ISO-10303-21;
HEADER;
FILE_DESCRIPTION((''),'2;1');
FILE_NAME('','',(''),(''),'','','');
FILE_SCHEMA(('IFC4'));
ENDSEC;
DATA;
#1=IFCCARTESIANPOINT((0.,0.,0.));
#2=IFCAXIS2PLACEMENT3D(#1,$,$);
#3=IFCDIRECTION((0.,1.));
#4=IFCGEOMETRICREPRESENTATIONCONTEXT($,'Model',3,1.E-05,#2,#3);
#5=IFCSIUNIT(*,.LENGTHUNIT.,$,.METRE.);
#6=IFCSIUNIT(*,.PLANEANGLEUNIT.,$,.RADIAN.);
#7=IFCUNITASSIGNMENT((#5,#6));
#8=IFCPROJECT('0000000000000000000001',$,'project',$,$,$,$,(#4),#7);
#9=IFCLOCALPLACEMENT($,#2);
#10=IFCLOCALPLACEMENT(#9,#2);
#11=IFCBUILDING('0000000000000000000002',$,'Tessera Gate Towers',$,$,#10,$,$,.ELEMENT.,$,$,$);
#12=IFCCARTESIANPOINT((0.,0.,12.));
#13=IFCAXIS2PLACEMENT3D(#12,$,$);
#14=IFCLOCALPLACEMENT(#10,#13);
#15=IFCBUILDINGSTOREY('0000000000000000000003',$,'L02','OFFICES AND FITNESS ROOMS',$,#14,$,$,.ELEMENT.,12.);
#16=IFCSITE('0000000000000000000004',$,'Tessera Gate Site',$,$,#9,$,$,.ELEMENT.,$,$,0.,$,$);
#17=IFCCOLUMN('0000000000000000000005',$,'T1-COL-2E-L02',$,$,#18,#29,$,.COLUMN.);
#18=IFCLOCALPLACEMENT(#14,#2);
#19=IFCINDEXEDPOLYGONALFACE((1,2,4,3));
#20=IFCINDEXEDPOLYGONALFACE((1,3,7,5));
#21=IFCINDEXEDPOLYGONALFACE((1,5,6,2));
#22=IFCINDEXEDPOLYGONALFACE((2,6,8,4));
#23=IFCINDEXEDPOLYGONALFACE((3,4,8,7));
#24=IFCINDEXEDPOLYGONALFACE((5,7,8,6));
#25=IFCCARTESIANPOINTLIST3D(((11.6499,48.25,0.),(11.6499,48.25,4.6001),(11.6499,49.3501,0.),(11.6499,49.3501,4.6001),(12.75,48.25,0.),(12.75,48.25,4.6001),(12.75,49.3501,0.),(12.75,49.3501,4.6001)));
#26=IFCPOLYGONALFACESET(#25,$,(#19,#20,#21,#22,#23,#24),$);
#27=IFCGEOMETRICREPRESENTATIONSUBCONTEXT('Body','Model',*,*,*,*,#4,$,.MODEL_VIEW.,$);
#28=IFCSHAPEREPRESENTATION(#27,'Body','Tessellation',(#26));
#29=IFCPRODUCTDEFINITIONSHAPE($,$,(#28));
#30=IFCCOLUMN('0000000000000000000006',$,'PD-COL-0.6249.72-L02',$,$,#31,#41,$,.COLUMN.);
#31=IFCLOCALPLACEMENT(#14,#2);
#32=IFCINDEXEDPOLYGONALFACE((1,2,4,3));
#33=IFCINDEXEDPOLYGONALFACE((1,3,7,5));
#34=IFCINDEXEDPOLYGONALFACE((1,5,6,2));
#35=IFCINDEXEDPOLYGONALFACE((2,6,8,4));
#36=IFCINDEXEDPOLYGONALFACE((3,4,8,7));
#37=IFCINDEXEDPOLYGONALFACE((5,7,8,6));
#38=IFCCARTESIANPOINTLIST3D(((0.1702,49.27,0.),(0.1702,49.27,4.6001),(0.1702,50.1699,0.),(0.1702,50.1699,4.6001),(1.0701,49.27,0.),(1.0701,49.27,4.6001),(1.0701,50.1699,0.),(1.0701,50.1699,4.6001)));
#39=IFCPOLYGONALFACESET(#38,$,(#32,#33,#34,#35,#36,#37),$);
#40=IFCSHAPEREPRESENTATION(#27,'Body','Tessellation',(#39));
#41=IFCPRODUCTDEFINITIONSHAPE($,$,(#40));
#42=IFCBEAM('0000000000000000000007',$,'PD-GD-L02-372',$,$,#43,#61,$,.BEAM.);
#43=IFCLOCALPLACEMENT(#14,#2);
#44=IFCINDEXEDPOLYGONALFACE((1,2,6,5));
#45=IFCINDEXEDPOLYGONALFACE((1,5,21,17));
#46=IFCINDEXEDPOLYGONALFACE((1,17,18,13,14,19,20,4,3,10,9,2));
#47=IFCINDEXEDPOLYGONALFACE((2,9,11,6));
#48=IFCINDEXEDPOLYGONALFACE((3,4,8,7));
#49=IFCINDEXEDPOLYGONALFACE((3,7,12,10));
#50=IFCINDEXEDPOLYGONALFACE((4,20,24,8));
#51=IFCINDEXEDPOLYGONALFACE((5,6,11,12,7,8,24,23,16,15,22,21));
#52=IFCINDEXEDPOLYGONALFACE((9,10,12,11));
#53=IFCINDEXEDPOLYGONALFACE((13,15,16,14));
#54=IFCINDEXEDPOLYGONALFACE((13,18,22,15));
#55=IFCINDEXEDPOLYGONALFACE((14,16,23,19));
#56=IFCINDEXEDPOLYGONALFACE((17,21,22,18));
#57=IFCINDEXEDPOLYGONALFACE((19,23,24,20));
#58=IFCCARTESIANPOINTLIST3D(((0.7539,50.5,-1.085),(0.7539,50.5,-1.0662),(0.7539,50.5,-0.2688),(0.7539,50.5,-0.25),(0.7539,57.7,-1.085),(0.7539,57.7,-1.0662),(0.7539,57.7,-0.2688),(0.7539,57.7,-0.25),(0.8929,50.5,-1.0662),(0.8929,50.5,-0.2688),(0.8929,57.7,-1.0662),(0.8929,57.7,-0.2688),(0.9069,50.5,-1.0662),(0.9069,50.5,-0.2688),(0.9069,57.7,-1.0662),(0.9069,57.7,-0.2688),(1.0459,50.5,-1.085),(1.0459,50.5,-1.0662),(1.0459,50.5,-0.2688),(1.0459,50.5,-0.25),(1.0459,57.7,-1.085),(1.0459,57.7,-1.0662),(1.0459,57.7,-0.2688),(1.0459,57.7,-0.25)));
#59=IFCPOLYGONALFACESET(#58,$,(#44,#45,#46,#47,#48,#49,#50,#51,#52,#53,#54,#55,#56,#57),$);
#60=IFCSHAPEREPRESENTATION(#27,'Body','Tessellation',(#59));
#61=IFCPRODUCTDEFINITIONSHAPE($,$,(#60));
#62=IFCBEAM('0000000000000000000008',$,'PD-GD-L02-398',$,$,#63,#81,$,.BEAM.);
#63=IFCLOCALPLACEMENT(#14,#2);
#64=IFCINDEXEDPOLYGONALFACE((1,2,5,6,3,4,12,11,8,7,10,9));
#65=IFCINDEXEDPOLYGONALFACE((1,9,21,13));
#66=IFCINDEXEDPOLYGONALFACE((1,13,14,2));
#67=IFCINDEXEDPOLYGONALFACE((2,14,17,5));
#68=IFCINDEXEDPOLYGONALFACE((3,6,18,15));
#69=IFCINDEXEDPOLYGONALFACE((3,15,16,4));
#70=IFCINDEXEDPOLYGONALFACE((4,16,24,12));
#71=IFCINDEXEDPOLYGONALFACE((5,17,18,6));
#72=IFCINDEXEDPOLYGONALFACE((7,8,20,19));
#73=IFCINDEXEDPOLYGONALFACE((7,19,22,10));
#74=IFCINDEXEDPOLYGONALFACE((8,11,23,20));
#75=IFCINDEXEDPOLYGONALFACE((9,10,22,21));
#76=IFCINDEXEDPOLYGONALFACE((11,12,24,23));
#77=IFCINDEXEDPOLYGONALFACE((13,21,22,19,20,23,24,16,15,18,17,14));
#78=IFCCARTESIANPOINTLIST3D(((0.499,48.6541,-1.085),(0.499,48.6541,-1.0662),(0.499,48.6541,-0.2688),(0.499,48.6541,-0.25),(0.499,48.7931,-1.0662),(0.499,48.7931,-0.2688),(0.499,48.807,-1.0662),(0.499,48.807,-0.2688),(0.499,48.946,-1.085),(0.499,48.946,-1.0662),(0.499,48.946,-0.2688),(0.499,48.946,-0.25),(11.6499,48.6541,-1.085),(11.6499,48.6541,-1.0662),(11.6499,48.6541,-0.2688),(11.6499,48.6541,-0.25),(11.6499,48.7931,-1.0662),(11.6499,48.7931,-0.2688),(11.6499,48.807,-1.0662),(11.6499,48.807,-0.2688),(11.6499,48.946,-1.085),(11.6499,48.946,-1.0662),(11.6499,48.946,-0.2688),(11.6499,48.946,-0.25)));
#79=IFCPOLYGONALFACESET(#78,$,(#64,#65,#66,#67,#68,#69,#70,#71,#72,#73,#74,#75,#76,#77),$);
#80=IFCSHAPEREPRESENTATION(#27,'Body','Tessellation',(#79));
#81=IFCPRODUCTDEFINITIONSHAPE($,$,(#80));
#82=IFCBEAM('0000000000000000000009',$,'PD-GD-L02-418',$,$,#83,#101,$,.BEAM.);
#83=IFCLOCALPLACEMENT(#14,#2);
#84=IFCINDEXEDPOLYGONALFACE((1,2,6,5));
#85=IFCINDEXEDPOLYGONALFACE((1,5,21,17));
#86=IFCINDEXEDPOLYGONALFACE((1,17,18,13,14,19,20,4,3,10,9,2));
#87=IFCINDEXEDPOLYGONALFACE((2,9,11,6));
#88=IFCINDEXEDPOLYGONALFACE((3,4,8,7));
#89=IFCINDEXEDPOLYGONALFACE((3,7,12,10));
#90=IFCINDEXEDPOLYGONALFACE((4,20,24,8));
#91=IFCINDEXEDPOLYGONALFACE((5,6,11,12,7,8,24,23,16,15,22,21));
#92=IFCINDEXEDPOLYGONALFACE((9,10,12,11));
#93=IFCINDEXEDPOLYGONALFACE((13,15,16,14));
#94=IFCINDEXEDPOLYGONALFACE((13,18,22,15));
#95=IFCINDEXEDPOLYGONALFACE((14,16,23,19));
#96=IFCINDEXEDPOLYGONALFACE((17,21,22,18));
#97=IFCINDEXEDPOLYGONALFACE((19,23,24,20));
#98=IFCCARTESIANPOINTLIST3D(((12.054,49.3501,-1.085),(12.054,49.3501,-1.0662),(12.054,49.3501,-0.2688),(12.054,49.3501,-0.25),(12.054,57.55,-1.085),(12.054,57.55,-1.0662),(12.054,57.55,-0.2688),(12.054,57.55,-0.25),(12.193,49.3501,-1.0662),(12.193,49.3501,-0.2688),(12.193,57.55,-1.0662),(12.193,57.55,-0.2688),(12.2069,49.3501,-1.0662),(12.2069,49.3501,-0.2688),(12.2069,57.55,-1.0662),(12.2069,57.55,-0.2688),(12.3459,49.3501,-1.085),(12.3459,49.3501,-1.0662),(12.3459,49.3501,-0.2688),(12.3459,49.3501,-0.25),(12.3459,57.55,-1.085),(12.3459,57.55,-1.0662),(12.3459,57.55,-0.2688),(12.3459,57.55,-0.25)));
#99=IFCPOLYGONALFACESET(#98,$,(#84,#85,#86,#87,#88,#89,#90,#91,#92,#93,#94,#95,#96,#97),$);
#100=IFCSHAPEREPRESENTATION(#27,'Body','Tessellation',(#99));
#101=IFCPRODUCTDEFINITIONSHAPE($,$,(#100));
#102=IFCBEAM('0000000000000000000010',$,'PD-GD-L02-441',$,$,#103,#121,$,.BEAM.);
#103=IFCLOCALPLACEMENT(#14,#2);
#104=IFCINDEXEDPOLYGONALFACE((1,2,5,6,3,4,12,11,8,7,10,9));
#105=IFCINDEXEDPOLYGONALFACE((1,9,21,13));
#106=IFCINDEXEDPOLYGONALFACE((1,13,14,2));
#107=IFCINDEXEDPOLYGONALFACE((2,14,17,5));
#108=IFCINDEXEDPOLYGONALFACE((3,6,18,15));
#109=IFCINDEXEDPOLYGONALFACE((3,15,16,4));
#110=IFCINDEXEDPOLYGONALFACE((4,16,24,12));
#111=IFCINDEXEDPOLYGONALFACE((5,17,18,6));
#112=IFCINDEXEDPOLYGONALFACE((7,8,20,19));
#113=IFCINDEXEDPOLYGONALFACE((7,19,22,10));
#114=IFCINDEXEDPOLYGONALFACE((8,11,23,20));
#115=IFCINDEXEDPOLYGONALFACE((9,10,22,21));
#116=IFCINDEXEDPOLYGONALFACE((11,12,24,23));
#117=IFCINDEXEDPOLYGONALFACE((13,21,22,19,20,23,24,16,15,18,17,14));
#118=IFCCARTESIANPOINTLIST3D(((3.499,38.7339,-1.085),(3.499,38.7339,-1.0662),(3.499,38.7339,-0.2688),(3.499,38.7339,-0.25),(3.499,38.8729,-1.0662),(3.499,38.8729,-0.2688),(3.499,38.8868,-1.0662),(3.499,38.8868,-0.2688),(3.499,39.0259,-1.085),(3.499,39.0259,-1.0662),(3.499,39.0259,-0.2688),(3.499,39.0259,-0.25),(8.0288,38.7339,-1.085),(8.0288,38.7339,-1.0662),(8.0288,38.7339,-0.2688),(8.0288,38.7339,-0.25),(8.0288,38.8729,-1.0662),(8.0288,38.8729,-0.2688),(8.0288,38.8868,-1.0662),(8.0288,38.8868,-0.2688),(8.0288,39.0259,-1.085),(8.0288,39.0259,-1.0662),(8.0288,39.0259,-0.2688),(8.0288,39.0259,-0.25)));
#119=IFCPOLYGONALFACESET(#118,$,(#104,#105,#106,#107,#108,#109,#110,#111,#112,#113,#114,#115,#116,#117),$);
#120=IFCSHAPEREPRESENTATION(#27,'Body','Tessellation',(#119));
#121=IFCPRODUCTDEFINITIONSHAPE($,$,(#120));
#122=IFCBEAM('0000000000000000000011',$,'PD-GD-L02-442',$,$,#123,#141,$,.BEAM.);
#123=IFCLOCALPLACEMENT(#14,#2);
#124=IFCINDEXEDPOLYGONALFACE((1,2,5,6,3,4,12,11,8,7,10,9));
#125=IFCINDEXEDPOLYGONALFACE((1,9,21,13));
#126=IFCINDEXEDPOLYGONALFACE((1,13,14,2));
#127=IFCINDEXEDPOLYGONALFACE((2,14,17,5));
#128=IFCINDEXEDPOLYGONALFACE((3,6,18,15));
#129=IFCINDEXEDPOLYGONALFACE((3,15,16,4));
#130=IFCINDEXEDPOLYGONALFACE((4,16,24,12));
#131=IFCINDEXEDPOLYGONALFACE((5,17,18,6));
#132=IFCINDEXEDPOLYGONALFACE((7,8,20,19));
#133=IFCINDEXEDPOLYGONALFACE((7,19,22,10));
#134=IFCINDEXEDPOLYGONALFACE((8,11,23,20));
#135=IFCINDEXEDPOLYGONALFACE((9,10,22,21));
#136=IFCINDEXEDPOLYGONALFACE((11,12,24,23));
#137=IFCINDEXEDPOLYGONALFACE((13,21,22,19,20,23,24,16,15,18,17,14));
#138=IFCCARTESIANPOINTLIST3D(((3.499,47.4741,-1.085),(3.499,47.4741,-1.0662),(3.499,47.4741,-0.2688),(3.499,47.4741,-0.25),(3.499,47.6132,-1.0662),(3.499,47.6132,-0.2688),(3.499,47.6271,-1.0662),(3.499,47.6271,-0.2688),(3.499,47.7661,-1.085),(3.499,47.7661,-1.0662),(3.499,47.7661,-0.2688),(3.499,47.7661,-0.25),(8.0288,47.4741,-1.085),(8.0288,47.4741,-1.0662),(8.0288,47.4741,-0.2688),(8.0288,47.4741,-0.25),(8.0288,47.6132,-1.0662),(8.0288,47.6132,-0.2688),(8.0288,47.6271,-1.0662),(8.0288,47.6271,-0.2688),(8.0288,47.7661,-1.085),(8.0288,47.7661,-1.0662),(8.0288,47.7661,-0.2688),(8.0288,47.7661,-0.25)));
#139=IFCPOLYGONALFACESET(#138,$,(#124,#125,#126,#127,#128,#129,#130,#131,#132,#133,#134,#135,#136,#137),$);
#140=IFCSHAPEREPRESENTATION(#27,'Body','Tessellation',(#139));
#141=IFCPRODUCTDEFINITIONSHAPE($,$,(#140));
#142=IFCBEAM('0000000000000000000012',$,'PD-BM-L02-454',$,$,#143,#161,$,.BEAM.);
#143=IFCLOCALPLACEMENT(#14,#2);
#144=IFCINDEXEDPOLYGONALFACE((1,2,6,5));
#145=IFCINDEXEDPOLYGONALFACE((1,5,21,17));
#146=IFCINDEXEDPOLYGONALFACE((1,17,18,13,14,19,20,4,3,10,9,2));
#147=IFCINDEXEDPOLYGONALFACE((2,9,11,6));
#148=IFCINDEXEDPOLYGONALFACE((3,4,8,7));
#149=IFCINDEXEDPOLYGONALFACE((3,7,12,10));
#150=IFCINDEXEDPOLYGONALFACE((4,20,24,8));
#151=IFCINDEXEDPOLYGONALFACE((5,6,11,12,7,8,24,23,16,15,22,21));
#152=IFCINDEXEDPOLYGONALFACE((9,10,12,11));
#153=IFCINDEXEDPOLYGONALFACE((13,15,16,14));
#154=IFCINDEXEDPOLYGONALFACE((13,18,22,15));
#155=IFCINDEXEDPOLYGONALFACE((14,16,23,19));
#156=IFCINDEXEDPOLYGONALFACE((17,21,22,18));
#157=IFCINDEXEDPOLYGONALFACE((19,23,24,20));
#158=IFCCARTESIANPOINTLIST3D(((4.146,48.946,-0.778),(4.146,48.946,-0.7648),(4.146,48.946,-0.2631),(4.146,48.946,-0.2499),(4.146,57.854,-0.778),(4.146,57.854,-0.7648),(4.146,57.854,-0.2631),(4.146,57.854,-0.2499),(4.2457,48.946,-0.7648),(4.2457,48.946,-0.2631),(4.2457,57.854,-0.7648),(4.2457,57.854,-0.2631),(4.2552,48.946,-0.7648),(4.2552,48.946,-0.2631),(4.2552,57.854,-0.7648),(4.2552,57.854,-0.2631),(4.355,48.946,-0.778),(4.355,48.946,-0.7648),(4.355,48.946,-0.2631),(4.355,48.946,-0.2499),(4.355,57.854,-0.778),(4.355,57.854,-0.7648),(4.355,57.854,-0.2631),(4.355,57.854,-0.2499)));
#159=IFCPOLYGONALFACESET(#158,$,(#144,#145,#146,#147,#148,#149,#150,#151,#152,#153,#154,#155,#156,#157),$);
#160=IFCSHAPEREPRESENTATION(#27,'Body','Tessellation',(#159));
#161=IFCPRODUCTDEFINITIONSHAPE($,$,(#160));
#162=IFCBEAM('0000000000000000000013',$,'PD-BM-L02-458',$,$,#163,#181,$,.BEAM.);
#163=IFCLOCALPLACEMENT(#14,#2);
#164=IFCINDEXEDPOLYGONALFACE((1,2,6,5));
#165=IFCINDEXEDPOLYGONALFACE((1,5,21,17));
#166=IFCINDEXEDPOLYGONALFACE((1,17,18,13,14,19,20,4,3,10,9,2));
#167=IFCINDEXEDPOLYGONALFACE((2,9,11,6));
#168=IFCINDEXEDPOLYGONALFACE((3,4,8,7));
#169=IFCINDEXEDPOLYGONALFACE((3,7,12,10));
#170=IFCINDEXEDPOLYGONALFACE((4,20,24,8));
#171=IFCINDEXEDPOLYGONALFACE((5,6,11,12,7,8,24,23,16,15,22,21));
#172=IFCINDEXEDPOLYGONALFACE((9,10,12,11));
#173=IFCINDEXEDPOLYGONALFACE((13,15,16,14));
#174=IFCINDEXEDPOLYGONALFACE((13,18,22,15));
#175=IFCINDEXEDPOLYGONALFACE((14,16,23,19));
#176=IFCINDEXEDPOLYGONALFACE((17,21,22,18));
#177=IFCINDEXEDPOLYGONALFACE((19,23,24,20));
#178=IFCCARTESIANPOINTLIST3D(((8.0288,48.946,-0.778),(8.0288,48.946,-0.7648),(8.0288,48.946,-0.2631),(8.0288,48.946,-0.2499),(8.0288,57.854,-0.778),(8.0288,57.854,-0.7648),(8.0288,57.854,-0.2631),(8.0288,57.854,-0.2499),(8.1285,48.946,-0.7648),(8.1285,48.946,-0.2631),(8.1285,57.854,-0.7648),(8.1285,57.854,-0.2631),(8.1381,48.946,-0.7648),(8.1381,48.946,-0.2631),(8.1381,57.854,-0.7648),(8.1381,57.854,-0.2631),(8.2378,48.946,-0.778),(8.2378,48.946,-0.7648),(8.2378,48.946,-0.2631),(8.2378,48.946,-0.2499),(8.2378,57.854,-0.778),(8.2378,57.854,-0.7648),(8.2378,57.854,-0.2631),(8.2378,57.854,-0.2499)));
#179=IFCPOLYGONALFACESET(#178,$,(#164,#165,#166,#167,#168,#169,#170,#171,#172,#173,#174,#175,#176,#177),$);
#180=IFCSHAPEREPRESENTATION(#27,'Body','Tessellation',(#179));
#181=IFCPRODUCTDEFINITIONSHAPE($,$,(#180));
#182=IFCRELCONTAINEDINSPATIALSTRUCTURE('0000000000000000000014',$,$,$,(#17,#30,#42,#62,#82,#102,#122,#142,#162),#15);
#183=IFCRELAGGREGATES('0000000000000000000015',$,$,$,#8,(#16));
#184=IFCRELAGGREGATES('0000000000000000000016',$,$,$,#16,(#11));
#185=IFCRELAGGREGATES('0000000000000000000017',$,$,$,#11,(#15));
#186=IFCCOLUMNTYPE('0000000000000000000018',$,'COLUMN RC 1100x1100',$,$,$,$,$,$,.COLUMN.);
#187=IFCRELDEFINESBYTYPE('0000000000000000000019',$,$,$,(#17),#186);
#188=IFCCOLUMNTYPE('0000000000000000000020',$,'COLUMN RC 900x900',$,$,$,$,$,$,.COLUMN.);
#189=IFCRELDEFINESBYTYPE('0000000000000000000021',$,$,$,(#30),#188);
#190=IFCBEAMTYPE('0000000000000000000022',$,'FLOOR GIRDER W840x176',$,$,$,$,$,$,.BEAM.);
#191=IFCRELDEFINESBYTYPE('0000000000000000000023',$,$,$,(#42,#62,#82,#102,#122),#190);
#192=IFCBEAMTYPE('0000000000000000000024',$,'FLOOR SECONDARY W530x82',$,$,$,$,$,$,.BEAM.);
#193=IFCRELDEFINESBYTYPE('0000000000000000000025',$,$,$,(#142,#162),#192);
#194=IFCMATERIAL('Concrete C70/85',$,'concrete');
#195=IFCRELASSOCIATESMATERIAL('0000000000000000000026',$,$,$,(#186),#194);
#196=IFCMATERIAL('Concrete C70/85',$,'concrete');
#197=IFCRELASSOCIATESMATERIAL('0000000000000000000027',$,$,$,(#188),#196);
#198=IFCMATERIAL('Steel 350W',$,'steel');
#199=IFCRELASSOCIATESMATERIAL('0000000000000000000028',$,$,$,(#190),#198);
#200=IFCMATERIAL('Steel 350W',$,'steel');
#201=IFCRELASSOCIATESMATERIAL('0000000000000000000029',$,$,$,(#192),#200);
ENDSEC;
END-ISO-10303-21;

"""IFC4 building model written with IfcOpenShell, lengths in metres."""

from ifc_helpers import new_model, si_unit, direction, frame, origin, origin_2d, place, context, subcontext, project, spatial, rectangle, i_section, extrude, material, material_profile, profile_set, type_object, element, save


model = new_model("IFC4")

# Units and contexts
model_context = context("Model", 3, precision=1e-05, world=origin(), true_north=direction((0.0, 1.0)))
body_context = subcontext(model_context, "Body", "Model", "MODEL_VIEW")
ifc_project = project(units=[si_unit("LENGTHUNIT", "METRE"), si_unit("PLANEANGLEUNIT", "RADIAN")], contexts=[model_context])

# Site, building, storey
site_placement = place(None, origin())
site = spatial("IfcSite", under=ifc_project, at=site_placement, Name="Tessera Gate Site", CompositionType="ELEMENT", RefElevation=0.0)
building_placement = place(site_placement, origin())
building = spatial("IfcBuilding", under=site, at=building_placement, Name="Tessera Gate Towers", CompositionType="ELEMENT")
storey_placement = place(building_placement, frame((0.0, 0.0, 12.0)))
storey = spatial("IfcBuildingStorey", under=building, at=storey_placement, Name="L02", Description="OFFICES AND FITNESS ROOMS", CompositionType="ELEMENT", Elevation=12.0)

# Columns
ifc_material_1 = material(Name="Concrete C70/85", Category="concrete")
ifc_material_profile_1 = material_profile(ifc_material_1, rectangle(XDim=1.1001, YDim=1.1001, at=origin_2d()), Name="RC 1100x1100")
ifc_profile_set_1 = profile_set([ifc_material_profile_1], Name="Concrete C70/85")
column_type_1 = type_object("IfcColumnType", Name="COLUMN RC 1100x1100", PredefinedType="COLUMN", material=ifc_profile_set_1)
column_1_placement = place(storey_placement, frame((12.2, 48.8, 0.0), z_axis=(0.0, 0.0, 1.0), x_axis=(1.0, 0.0, 0.0)))
element("IfcColumn", 1, at=column_1_placement, inside=storey, type_object=column_type_1, Name="T1-COL-2E-L02", PredefinedType="COLUMN", context=body_context, shape_type="SweptSolid", body=[
    extrude(rectangle(XDim=1.1001, YDim=1.1001, at=origin_2d()), origin(), (0.0, 0.0, 1.0), 4.6001),
])
ifc_material_2 = material(Name="Concrete C70/85", Category="concrete")
ifc_material_profile_2 = material_profile(ifc_material_2, rectangle(XDim=0.8999, YDim=0.8999, at=origin_2d()), Name="RC 900x900")
ifc_profile_set_2 = profile_set([ifc_material_profile_2], Name="Concrete C70/85")
column_type_2 = type_object("IfcColumnType", Name="COLUMN RC 900x900", PredefinedType="COLUMN", material=ifc_profile_set_2)
column_2_placement = place(storey_placement, frame((0.6201, 49.72, 0.0), z_axis=(0.0, 0.0, 1.0), x_axis=(1.0, 0.0, 0.0)))
element("IfcColumn", 2, at=column_2_placement, inside=storey, type_object=column_type_2, Name="PD-COL-0.6249.72-L02", PredefinedType="COLUMN", context=body_context, shape_type="SweptSolid", body=[
    extrude(rectangle(XDim=0.8999, YDim=0.8999, at=origin_2d()), origin(), (0.0, 0.0, 1.0), 4.6001),
])

# Beams
ifc_material_3 = material(Name="Steel 350W", Category="steel")
ifc_material_profile_3 = material_profile(ifc_material_3, i_section(OverallWidth=0.292, OverallDepth=0.835, WebThickness=0.0139, FlangeThickness=0.0188, at=origin_2d()), Name="W840x176")
ifc_profile_set_3 = profile_set([ifc_material_profile_3], Name="Steel 350W")
beam_type_1 = type_object("IfcBeamType", Name="FLOOR GIRDER W840x176", PredefinedType="BEAM", material=ifc_profile_set_3)
beam_1_placement = place(storey_placement, frame((0.8999, 50.5, -0.6675), z_axis=(0.0, 1.0, 0.0), x_axis=(-1.0, 0.0, 0.0)))
element("IfcBeam", 3, at=beam_1_placement, inside=storey, type_object=beam_type_1, Name="PD-GD-L02-372", PredefinedType="BEAM", context=body_context, shape_type="SweptSolid", body=[
    extrude(i_section(OverallWidth=0.292, OverallDepth=0.835, WebThickness=0.0139, FlangeThickness=0.0188, at=origin_2d()), origin(), (0.0, 0.0, 1.0), 7.2),
])
beam_2_placement = place(storey_placement, frame((0.499, 48.8, -0.6675), z_axis=(1.0, 0.0, 0.0), x_axis=(0.0, 1.0, 0.0)))
element("IfcBeam", 4, at=beam_2_placement, inside=storey, type_object=beam_type_1, Name="PD-GD-L02-398", PredefinedType="BEAM", context=body_context, shape_type="SweptSolid", body=[
    extrude(i_section(OverallWidth=0.292, OverallDepth=0.835, WebThickness=0.0139, FlangeThickness=0.0188, at=origin_2d()), origin(), (0.0, 0.0, 1.0), 11.1509),
])
beam_3_placement = place(storey_placement, frame((12.2, 49.3501, -0.6675), z_axis=(0.0, 1.0, 0.0), x_axis=(-1.0, 0.0, 0.0)))
element("IfcBeam", 5, at=beam_3_placement, inside=storey, type_object=beam_type_1, Name="PD-GD-L02-418", PredefinedType="BEAM", context=body_context, shape_type="SweptSolid", body=[
    extrude(i_section(OverallWidth=0.292, OverallDepth=0.835, WebThickness=0.0139, FlangeThickness=0.0188, at=origin_2d()), origin(), (0.0, 0.0, 1.0), 8.2),
])
for number, where, z_axis, x_axis, name in (
    (6, (3.499, 38.8799, -0.6675), (1.0, 0.0, 0.0), (0.0, 1.0, 0.0), "PD-GD-L02-441"),
    (7, (3.499, 47.6201, -0.6675), (1.0, 0.0, 0.0), (0.0, 1.0, 0.0), "PD-GD-L02-442"),
):
    element("IfcBeam", number, at=place(storey_placement, frame(where, z_axis=z_axis, x_axis=x_axis)), inside=storey, type_object=beam_type_1, Name=name, PredefinedType="BEAM", context=body_context, shape_type="SweptSolid", body=[
        extrude(i_section(OverallWidth=0.292, OverallDepth=0.835, WebThickness=0.0139, FlangeThickness=0.0188, at=origin_2d()), origin(), (0.0, 0.0, 1.0), 4.5298),
    ])
ifc_material_4 = material(Name="Steel 350W", Category="steel")
ifc_material_profile_4 = material_profile(ifc_material_4, i_section(OverallWidth=0.209, OverallDepth=0.5281, WebThickness=0.0095, FlangeThickness=0.0132, at=origin_2d()), Name="W530x82")
ifc_profile_set_4 = profile_set([ifc_material_profile_4], Name="Steel 350W")
beam_type_2 = type_object("IfcBeamType", Name="FLOOR SECONDARY W530x82", PredefinedType="BEAM", material=ifc_profile_set_4)
for number, where, z_axis, x_axis, name in (
    (8, (4.2505, 48.946, -0.5139), (0.0, 1.0, 0.0), (-1.0, 0.0, 0.0), "PD-BM-L02-454"),
    (9, (8.1333, 48.946, -0.5139), (0.0, 1.0, 0.0), (-1.0, 0.0, 0.0), "PD-BM-L02-458"),
):
    element("IfcBeam", number, at=place(storey_placement, frame(where, z_axis=z_axis, x_axis=x_axis)), inside=storey, type_object=beam_type_2, Name=name, PredefinedType="BEAM", context=body_context, shape_type="SweptSolid", body=[
        extrude(i_section(OverallWidth=0.209, OverallDepth=0.5281, WebThickness=0.0095, FlangeThickness=0.0132, at=origin_2d()), origin(), (0.0, 0.0, 1.0), 8.908),
    ])

save(model, "model.ifc")
